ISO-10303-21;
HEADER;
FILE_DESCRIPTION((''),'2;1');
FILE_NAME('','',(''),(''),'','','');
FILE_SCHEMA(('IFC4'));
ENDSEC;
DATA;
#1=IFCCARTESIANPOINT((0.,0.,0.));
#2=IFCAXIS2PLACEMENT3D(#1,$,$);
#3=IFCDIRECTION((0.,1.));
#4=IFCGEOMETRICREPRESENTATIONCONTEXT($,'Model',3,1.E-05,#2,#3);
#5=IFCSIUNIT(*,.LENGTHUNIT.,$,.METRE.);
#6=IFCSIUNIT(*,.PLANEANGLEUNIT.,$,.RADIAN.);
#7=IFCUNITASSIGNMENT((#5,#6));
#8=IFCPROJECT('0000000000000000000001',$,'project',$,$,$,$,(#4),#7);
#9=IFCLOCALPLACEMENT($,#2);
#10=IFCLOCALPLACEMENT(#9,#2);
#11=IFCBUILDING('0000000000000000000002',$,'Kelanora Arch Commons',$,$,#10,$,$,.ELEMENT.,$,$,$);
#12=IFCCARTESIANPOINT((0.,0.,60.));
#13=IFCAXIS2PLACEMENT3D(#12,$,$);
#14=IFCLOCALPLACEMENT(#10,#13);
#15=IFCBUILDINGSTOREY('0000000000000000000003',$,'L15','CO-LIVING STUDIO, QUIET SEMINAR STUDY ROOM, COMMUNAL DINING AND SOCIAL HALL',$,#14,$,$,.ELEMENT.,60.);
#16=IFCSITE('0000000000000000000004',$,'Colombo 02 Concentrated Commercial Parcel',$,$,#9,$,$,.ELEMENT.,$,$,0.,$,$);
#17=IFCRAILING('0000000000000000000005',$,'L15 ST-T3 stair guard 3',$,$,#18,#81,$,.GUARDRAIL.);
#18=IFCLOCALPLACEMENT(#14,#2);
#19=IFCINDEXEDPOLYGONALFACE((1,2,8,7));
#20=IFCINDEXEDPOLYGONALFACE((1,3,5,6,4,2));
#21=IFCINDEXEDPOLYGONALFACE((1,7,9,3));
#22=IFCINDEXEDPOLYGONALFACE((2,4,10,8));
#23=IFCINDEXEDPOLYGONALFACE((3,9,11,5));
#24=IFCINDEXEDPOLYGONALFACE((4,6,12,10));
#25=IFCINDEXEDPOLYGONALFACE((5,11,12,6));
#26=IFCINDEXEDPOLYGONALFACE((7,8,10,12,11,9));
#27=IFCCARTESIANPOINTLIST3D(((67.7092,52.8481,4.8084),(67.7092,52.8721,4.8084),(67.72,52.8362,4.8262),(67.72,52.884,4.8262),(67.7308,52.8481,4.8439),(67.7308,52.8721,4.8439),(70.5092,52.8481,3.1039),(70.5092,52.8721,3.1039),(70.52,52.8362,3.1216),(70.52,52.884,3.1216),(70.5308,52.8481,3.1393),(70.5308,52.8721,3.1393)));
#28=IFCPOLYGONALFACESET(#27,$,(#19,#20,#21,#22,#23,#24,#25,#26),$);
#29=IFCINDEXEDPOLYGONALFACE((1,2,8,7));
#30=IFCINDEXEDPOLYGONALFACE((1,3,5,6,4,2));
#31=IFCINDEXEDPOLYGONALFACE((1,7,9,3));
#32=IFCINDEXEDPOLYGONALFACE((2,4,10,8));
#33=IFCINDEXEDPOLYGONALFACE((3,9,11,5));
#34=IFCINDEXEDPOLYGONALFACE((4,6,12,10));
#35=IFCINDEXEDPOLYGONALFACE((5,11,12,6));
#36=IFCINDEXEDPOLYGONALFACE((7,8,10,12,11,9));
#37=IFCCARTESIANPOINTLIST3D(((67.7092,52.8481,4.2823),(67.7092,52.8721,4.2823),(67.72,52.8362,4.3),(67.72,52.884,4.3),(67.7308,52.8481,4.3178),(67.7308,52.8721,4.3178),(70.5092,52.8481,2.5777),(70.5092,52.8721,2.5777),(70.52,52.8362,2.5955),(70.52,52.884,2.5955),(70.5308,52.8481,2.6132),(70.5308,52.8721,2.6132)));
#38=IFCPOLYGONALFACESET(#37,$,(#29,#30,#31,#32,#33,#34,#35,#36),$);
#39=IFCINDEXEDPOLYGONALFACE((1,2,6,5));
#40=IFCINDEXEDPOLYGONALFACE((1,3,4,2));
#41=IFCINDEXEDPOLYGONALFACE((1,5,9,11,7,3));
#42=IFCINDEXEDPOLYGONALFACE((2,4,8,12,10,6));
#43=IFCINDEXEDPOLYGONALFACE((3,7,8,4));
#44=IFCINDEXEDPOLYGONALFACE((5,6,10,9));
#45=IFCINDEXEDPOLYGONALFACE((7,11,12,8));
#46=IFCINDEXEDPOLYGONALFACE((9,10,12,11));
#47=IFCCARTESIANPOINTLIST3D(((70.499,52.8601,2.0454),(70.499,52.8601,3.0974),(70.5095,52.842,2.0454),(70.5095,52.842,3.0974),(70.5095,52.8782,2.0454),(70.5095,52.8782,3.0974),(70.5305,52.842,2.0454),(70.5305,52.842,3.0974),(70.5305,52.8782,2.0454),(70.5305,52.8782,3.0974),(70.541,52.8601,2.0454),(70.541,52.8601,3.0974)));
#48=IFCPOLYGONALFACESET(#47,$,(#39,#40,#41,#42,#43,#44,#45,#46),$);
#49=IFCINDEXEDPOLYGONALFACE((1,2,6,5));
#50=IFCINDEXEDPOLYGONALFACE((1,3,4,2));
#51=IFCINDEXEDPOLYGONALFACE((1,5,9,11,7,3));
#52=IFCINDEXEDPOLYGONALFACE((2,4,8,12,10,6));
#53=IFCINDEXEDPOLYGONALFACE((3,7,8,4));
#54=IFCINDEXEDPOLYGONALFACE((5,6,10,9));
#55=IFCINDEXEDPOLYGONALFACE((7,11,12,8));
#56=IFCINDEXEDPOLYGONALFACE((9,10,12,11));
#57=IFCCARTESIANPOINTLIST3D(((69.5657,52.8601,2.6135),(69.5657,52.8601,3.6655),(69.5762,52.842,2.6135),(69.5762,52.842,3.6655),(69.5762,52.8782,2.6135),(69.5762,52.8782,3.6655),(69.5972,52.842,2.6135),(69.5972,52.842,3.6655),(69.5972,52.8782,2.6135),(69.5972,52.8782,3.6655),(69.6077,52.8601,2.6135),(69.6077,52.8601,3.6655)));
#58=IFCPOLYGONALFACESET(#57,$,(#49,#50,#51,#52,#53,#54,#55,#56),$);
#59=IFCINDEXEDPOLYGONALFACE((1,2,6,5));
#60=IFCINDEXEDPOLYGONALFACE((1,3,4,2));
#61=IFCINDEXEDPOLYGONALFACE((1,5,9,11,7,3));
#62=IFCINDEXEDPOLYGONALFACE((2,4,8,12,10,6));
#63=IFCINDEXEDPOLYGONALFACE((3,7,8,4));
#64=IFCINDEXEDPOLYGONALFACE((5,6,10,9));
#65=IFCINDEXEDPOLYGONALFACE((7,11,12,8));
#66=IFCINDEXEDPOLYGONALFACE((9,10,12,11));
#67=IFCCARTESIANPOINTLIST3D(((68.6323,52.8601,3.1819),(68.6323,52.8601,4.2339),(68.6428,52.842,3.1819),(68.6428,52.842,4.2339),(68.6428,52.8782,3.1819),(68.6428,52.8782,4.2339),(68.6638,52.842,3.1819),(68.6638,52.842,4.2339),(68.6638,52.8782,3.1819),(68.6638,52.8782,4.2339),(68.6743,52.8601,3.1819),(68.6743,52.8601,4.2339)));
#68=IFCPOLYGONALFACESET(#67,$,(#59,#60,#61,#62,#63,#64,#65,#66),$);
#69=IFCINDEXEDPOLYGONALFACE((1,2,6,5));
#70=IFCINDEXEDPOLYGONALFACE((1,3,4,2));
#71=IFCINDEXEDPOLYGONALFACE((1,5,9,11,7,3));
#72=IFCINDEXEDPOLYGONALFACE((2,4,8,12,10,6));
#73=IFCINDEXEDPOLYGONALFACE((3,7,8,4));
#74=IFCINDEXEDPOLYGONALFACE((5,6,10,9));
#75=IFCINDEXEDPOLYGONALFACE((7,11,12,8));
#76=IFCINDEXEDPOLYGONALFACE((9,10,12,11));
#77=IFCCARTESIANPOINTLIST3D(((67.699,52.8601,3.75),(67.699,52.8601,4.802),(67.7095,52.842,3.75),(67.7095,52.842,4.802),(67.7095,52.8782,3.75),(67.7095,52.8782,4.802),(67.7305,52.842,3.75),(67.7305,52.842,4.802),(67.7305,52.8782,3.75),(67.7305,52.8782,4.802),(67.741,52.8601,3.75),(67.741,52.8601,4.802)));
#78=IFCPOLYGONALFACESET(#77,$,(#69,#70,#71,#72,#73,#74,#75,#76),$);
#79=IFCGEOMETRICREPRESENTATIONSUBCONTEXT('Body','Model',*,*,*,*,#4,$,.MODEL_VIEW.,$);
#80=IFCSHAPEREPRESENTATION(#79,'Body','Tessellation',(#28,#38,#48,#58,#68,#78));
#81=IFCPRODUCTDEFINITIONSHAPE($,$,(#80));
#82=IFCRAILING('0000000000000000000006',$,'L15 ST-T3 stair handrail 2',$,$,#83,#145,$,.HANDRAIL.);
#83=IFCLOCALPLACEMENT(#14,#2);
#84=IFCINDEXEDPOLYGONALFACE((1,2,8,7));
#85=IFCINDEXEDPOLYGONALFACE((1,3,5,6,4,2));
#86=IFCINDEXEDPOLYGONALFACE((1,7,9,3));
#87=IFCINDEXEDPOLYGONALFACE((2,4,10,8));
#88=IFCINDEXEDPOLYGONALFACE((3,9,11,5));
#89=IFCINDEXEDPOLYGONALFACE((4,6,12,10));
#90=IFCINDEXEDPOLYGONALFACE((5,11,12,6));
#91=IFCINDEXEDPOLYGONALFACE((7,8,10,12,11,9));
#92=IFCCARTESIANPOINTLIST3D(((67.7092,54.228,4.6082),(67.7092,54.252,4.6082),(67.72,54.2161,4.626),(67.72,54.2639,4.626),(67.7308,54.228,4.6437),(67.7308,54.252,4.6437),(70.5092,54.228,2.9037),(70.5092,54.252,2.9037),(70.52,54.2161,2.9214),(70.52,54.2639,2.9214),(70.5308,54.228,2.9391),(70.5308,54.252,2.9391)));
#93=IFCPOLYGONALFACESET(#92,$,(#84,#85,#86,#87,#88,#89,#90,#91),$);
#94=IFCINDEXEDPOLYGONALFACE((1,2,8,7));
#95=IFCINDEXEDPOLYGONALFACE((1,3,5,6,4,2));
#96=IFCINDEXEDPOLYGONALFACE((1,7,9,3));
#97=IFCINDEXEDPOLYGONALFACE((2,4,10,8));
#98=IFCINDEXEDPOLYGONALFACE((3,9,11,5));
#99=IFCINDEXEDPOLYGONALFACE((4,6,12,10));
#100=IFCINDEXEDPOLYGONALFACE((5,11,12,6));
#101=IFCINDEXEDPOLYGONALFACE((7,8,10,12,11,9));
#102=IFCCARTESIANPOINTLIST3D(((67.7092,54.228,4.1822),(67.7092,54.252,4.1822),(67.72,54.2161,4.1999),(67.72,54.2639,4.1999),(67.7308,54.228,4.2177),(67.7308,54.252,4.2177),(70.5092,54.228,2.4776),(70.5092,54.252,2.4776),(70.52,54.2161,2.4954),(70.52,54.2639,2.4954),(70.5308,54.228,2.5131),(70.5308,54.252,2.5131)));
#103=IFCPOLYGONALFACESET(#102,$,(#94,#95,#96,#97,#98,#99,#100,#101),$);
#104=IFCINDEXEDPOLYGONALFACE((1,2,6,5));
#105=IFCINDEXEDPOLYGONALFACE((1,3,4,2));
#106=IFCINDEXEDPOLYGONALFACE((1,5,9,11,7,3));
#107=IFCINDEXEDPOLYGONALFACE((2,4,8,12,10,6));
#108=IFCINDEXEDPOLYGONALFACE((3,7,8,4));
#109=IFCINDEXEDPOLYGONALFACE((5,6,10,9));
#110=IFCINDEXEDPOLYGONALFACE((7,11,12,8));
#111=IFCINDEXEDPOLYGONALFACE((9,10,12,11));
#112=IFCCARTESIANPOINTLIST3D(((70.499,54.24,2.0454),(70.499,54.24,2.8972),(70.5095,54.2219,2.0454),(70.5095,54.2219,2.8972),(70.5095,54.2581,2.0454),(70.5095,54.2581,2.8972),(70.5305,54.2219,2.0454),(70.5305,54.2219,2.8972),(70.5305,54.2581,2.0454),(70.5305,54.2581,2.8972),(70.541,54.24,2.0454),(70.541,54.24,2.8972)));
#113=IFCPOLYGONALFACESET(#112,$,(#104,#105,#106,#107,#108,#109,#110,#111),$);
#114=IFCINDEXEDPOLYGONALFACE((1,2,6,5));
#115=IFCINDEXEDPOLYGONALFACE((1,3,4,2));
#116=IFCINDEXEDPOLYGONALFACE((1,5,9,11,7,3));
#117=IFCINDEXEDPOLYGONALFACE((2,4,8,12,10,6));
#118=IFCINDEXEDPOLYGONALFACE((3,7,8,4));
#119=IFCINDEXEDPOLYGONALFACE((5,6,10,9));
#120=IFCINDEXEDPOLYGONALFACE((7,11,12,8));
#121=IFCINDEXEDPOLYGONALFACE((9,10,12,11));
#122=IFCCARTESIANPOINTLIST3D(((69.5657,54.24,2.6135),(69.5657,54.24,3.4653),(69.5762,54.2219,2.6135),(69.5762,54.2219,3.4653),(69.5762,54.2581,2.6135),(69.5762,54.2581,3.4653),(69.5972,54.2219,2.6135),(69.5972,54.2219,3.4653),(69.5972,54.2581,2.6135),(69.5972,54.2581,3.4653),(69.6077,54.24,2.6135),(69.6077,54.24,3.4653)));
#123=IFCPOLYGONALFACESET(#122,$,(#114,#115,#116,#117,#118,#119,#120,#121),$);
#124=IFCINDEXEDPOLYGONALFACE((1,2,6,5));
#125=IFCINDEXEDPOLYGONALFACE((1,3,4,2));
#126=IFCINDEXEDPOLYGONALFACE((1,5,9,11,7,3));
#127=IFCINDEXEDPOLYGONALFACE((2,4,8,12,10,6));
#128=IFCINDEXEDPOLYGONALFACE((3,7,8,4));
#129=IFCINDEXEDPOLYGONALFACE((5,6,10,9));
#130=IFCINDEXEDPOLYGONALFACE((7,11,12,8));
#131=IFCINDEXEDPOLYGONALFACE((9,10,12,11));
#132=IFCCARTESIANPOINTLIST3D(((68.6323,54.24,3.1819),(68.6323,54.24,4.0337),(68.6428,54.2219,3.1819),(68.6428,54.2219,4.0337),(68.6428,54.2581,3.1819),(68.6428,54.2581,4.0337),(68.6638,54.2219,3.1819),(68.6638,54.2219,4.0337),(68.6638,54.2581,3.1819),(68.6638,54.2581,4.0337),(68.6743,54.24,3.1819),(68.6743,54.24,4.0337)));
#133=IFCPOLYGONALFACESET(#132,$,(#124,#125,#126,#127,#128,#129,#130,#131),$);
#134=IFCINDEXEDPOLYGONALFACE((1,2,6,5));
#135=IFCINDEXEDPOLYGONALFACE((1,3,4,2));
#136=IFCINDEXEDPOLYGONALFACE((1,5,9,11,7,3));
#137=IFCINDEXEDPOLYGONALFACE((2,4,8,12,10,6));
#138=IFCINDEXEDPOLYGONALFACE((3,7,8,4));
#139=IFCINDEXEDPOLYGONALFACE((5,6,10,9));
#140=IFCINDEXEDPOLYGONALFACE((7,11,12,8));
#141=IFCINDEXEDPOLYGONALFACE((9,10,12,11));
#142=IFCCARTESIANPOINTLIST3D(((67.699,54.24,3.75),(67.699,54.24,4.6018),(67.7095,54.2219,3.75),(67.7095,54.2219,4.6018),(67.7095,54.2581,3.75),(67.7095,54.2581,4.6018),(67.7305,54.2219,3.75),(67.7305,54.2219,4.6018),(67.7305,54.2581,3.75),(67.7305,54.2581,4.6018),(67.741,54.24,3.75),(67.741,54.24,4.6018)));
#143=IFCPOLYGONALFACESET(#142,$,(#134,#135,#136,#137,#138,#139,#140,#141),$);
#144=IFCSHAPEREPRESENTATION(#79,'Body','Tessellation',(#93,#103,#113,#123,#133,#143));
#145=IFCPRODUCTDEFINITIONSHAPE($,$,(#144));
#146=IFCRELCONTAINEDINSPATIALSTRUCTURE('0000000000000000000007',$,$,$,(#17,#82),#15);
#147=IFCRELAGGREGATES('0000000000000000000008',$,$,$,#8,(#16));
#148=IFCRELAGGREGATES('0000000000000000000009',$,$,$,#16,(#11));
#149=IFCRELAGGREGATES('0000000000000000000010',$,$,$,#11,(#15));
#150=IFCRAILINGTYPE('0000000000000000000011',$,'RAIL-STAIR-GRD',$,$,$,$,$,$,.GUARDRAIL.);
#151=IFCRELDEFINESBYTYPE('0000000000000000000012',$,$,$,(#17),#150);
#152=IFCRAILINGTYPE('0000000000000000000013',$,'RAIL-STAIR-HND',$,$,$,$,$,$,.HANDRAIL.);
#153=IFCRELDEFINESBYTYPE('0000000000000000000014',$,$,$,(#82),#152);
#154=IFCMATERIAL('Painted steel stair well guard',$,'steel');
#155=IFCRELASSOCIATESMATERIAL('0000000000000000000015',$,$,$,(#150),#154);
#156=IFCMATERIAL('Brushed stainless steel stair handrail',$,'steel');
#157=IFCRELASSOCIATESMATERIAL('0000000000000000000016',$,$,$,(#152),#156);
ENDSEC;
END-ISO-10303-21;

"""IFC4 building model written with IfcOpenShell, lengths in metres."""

from ifc_helpers import new_model, si_unit, direction, frame, origin, place, context, subcontext, project, spatial, polyline, outline, extrude, material, type_object, element, save


model = new_model("IFC4")

# Units and contexts
model_context = context("Model", 3, precision=1e-05, world=origin(), true_north=direction((0.0, 1.0)))
body_context = subcontext(model_context, "Body", "Model", "MODEL_VIEW")
ifc_project = project(units=[si_unit("LENGTHUNIT", "METRE"), si_unit("PLANEANGLEUNIT", "RADIAN")], contexts=[model_context])

# Site, building, storey
site_placement = place(None, origin())
site = spatial("IfcSite", under=ifc_project, at=site_placement, Name="Colombo 02 Concentrated Commercial Parcel", CompositionType="ELEMENT", RefElevation=0.0)
building_placement = place(site_placement, origin())
building = spatial("IfcBuilding", under=site, at=building_placement, Name="Kelanora Arch Commons", CompositionType="ELEMENT")
storey_placement = place(building_placement, frame((0.0, 0.0, 60.0)))
storey = spatial("IfcBuildingStorey", under=building, at=storey_placement, Name="L15", Description="CO-LIVING STUDIO, QUIET SEMINAR STUDY ROOM, COMMUNAL DINING AND SOCIAL HALL", CompositionType="ELEMENT", Elevation=60.0)

# Railings
ifc_material_1 = material(Name="Painted steel stair well guard", Category="steel")
railing_type_1 = type_object("IfcRailingType", Name="RAIL-STAIR-GRD", PredefinedType="GUARDRAIL", material=ifc_material_1)
railing_1_placement = place(storey_placement, frame((70.52, 52.8601, 2.0454)))
element("IfcRailing", 1, at=railing_1_placement, inside=storey, type_object=railing_type_1, Name="L15 ST-T3 stair guard 3", PredefinedType="GUARDRAIL", context=body_context, shape_type="SweptSolid", body=[
    extrude(outline(polyline([(0.0239, 0.0), (0.012, 0.0208), (-0.012, 0.0208), (-0.0239, 0.0), (-0.012, -0.0208), (0.012, -0.0208), (0.0239, 0.0)])), frame((0.0, 0.0, 1.0762), z_axis=(-0.85417, 0.0, 0.519994), x_axis=(0.0, -1.0, 0.0)), (0.0, 0.0, 1.0), 3.2781),
    extrude(outline(polyline([(0.0239, 0.0), (0.012, 0.0208), (-0.012, 0.0208), (-0.0239, 0.0), (-0.012, -0.0208), (0.012, -0.0208), (0.0239, 0.0)])), frame((0.0, 0.0, 0.55), z_axis=(-0.85417, 0.0, 0.519994), x_axis=(0.0, -1.0, 0.0)), (0.0, 0.0, 1.0), 3.2781),
    extrude(outline(polyline([(0.021, 0.0), (0.0105, 0.0181), (-0.0105, 0.0181), (-0.021, 0.0), (-0.0105, -0.0181), (0.0105, -0.0181), (0.021, 0.0)])), origin(), (0.0, 0.0, 1.0), 1.052),
    extrude(outline(polyline([(0.021, 0.0), (0.0105, 0.0181), (-0.0105, 0.0181), (-0.021, 0.0), (-0.0105, -0.0181), (0.0105, -0.0181), (0.021, 0.0)])), frame((-0.9333, 0.0, 0.5681)), (0.0, 0.0, 1.0), 1.052),
    extrude(outline(polyline([(0.021, 0.0), (0.0105, 0.0181), (-0.0105, 0.0181), (-0.021, 0.0), (-0.0105, -0.0181), (0.0105, -0.0181), (0.021, 0.0)])), frame((-1.8667, 0.0, 1.1365)), (0.0, 0.0, 1.0), 1.052),
    extrude(outline(polyline([(0.021, 0.0), (0.0105, 0.0181), (-0.0105, 0.0181), (-0.021, 0.0), (-0.0105, -0.0181), (0.0105, -0.0181), (0.021, 0.0)])), frame((-2.8, 0.0, 1.7046)), (0.0, 0.0, 1.0), 1.052),
])
ifc_material_2 = material(Name="Brushed stainless steel stair handrail", Category="steel")
railing_type_2 = type_object("IfcRailingType", Name="RAIL-STAIR-HND", PredefinedType="HANDRAIL", material=ifc_material_2)
railing_2_placement = place(storey_placement, frame((70.52, 54.24, 2.0454)))
element("IfcRailing", 2, at=railing_2_placement, inside=storey, type_object=railing_type_2, Name="L15 ST-T3 stair handrail 2", PredefinedType="HANDRAIL", context=body_context, shape_type="SweptSolid", body=[
    extrude(outline(polyline([(0.0239, 0.0), (0.012, 0.0208), (-0.012, 0.0208), (-0.0239, 0.0), (-0.012, -0.0208), (0.012, -0.0208), (0.0239, 0.0)])), frame((0.0, 0.0, 0.876), z_axis=(-0.85417, 0.0, 0.519994), x_axis=(0.0, -1.0, 0.0)), (0.0, 0.0, 1.0), 3.2781),
    extrude(outline(polyline([(0.0239, 0.0), (0.012, 0.0208), (-0.012, 0.0208), (-0.0239, 0.0), (-0.012, -0.0208), (0.012, -0.0208), (0.0239, 0.0)])), frame((0.0, 0.0, 0.45), z_axis=(-0.85417, 0.0, 0.519994), x_axis=(0.0, -1.0, 0.0)), (0.0, 0.0, 1.0), 3.2781),
    extrude(outline(polyline([(0.021, 0.0), (0.0105, 0.0181), (-0.0105, 0.0181), (-0.021, 0.0), (-0.0105, -0.0181), (0.0105, -0.0181), (0.021, 0.0)])), origin(), (0.0, 0.0, 1.0), 0.8518),
    extrude(outline(polyline([(0.021, 0.0), (0.0105, 0.0181), (-0.0105, 0.0181), (-0.021, 0.0), (-0.0105, -0.0181), (0.0105, -0.0181), (0.021, 0.0)])), frame((-0.9333, 0.0, 0.5681)), (0.0, 0.0, 1.0), 0.8518),
    extrude(outline(polyline([(0.021, 0.0), (0.0105, 0.0181), (-0.0105, 0.0181), (-0.021, 0.0), (-0.0105, -0.0181), (0.0105, -0.0181), (0.021, 0.0)])), frame((-1.8667, 0.0, 1.1365)), (0.0, 0.0, 1.0), 0.8518),
    extrude(outline(polyline([(0.021, 0.0), (0.0105, 0.0181), (-0.0105, 0.0181), (-0.021, 0.0), (-0.0105, -0.0181), (0.0105, -0.0181), (0.021, 0.0)])), frame((-2.8, 0.0, 1.7046)), (0.0, 0.0, 1.0), 0.8518),
])

save(model, "model.ifc")
